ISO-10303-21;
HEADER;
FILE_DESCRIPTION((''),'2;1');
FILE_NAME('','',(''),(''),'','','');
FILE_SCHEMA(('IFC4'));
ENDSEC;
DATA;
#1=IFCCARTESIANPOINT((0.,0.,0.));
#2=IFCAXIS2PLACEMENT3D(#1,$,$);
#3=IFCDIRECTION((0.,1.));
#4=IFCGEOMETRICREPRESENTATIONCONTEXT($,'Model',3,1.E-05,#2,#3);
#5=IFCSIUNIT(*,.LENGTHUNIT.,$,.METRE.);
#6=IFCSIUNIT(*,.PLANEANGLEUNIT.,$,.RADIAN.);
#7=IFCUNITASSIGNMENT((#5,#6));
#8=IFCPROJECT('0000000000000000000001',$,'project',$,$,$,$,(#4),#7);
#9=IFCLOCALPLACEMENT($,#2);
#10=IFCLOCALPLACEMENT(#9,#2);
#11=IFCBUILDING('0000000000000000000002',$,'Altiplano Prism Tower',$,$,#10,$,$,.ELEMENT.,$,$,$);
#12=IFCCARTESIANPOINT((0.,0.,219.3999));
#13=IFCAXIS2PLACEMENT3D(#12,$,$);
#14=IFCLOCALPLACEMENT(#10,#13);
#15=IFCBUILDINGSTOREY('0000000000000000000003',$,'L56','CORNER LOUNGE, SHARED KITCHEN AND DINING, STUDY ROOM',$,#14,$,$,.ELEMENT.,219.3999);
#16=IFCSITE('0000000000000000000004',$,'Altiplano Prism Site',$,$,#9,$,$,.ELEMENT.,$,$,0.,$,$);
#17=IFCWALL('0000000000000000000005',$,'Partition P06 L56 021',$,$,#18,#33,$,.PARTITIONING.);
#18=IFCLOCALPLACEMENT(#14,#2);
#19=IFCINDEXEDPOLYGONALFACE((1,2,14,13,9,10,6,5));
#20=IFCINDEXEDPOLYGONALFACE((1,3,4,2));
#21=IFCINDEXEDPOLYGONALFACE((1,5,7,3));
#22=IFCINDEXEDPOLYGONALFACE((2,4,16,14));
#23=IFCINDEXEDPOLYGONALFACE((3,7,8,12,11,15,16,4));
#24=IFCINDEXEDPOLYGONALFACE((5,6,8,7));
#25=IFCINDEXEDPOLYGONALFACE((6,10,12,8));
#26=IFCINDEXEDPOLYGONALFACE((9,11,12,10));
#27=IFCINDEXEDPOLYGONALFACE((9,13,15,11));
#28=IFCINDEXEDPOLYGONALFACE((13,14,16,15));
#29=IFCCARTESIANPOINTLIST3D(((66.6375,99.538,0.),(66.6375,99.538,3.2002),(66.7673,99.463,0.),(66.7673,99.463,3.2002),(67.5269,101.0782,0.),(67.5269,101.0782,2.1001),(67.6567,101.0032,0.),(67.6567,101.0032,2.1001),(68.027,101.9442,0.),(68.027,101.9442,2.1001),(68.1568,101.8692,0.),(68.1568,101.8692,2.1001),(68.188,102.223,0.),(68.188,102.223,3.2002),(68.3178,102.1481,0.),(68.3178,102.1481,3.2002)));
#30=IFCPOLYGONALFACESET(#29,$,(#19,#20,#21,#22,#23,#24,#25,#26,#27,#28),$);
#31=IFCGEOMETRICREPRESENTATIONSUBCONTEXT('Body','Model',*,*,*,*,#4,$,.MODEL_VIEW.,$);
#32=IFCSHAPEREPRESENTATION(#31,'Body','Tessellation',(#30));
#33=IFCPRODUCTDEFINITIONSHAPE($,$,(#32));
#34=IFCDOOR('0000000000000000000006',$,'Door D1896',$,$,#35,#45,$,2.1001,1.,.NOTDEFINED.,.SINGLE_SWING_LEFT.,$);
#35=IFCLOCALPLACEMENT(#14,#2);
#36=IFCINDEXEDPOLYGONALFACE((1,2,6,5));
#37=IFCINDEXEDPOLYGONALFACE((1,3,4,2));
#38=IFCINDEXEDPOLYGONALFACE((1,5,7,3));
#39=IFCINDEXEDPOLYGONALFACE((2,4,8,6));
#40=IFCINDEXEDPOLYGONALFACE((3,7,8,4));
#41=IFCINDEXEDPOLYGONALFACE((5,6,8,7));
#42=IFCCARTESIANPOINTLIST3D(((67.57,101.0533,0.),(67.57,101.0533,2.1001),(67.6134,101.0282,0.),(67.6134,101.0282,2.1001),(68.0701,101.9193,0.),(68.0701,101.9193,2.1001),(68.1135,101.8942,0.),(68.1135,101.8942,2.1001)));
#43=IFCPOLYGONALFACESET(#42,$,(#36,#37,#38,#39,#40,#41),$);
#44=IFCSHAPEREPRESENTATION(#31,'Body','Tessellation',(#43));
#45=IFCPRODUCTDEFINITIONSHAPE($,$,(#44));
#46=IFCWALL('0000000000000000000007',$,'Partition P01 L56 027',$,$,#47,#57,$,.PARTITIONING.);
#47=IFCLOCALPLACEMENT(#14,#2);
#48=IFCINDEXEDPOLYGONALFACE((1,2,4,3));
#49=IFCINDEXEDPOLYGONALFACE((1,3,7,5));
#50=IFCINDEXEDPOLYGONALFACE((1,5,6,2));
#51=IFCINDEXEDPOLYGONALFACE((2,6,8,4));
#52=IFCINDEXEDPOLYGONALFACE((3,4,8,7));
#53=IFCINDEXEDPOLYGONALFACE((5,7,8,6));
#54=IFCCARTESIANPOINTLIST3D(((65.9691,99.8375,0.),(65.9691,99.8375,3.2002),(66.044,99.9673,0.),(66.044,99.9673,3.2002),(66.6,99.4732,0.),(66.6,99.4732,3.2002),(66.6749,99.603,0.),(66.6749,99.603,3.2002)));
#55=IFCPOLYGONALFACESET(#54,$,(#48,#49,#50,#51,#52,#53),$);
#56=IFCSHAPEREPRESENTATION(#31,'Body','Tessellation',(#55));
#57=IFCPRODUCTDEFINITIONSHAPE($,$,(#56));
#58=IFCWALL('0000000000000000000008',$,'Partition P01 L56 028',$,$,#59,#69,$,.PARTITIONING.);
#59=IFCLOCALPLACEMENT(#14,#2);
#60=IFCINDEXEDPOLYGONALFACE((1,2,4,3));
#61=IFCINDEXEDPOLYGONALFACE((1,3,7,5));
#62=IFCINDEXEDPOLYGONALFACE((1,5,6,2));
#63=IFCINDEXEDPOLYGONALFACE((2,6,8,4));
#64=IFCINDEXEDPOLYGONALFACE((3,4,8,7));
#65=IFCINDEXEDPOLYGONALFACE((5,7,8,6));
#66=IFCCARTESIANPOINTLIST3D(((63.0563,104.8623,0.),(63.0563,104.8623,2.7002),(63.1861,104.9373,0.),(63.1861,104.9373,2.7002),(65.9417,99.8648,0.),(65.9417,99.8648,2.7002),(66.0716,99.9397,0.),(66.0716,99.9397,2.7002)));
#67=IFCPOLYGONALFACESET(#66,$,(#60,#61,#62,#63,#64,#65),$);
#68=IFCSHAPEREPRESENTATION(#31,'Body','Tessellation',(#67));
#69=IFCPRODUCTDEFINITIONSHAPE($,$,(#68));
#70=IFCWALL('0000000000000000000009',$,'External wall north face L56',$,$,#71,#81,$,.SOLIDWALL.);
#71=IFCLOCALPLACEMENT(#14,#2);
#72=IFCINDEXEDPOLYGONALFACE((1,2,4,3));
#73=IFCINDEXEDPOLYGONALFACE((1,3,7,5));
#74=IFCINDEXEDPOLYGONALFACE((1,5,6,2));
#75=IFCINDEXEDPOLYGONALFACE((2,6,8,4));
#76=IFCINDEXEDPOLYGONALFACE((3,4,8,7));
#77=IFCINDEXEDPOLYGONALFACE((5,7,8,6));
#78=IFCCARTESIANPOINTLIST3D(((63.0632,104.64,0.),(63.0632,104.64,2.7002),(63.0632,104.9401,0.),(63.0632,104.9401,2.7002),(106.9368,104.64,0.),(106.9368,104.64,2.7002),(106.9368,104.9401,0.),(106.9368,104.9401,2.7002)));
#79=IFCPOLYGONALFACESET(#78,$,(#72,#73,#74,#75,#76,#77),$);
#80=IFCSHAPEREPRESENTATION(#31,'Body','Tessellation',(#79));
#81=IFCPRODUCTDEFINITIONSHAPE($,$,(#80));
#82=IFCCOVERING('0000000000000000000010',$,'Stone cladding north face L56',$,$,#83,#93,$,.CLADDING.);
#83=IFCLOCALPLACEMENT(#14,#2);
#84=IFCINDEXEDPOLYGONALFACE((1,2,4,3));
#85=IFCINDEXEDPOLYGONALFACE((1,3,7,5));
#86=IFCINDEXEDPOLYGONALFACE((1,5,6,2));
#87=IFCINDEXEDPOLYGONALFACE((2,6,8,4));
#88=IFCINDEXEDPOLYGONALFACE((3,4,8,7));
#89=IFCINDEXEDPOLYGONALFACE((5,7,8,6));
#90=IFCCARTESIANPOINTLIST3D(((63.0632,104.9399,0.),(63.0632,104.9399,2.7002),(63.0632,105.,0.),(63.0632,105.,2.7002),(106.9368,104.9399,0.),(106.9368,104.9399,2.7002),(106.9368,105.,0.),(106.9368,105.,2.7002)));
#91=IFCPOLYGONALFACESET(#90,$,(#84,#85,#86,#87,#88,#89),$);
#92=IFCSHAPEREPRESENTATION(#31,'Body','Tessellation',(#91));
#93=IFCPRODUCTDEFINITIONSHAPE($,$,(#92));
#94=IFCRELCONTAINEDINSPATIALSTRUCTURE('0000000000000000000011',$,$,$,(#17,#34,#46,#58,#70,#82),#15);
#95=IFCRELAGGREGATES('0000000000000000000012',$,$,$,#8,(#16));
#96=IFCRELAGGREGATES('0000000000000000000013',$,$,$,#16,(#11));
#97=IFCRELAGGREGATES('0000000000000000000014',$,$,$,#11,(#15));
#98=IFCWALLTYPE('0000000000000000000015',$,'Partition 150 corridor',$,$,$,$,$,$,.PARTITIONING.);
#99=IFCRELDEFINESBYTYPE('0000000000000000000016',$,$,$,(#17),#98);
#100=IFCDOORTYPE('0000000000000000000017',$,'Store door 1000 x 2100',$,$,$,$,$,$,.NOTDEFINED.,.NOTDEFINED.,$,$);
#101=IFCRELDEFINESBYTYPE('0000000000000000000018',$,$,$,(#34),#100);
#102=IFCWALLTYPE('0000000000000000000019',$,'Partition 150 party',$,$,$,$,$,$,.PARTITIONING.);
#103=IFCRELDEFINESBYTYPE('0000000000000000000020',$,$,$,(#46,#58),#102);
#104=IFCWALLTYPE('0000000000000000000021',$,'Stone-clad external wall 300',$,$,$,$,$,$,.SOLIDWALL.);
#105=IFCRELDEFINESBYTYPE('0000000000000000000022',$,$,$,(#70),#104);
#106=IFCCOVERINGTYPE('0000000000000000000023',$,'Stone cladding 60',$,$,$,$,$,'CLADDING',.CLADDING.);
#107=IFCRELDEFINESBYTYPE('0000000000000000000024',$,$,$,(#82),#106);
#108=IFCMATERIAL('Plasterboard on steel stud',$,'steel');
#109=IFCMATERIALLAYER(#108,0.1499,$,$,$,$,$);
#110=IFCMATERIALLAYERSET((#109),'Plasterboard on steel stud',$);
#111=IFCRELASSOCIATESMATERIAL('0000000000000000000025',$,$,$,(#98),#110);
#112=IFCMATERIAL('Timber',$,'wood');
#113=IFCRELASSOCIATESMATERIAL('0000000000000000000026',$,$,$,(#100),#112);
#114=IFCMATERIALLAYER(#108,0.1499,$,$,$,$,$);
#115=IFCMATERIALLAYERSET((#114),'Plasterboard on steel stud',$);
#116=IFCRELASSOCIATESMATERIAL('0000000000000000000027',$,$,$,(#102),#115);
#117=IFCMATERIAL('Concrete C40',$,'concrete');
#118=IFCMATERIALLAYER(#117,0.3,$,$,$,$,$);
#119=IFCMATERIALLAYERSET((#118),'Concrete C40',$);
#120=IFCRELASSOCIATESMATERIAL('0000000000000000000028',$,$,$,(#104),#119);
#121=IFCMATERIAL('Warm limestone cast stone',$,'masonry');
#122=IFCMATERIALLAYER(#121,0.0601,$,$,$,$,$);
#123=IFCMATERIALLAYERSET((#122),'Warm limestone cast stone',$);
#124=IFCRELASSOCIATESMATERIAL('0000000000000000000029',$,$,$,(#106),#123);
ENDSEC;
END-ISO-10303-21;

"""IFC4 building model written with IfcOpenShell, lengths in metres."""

from ifc_helpers import new_model, si_unit, direction, frame, frame_2d, origin, place, context, subcontext, project, spatial, rectangle, extrude, material, layer, layer_set, type_object, element, fill, save


model = new_model("IFC4")

# Units and contexts
model_context = context("Model", 3, precision=1e-05, world=origin(), true_north=direction((0.0, 1.0)))
body_context = subcontext(model_context, "Body", "Model", "MODEL_VIEW")
ifc_project = project(units=[si_unit("LENGTHUNIT", "METRE"), si_unit("PLANEANGLEUNIT", "RADIAN")], contexts=[model_context])

# Site, building, storey
site_placement = place(None, origin())
site = spatial("IfcSite", under=ifc_project, at=site_placement, Name="Altiplano Prism Site", CompositionType="ELEMENT", RefElevation=0.0)
building_placement = place(site_placement, origin())
building = spatial("IfcBuilding", under=site, at=building_placement, Name="Altiplano Prism Tower", CompositionType="ELEMENT")
storey_placement = place(building_placement, frame((0.0, 0.0, 219.3999)))
storey = spatial("IfcBuildingStorey", under=building, at=storey_placement, Name="L56", Description="CORNER LOUNGE, SHARED KITCHEN AND DINING, STUDY ROOM", CompositionType="ELEMENT", Elevation=219.3999)

# Shared definitions
ifc_material_1 = material(Name="Plasterboard on steel stud", Category="steel")
ifc_layer_1 = layer(ifc_material_1, 0.1499)
ifc_layer_set_1 = layer_set([ifc_layer_1], Name="Plasterboard on steel stud")
wall_type_1 = type_object("IfcWallType", Name="Partition 150 corridor", PredefinedType="PARTITIONING", material=ifc_layer_set_1)

# Shared definitions
ifc_material_2 = material(Name="Timber", Category="wood")

# Wall, opening, door
wall_1_placement = place(storey_placement, frame((68.2529, 102.1855, 0.0), z_axis=(0.0, 0.0, 1.0), x_axis=(-0.500077, -0.865981, 0.0)))
wall_1 = element("IfcWall", 1, at=wall_1_placement, inside=storey, type_object=wall_type_1, Name="Partition P06 L56 021", PredefinedType="PARTITIONING", context=body_context, shape_type="SweptSolid", body=[
    extrude(rectangle(XDim=3.1006, YDim=0.1499, at=frame_2d((1.5503, 0.0))), origin(), (0.0, 0.0, 1.0), 3.2002),
])
opening_1_placement = place(wall_1_placement, frame((0.322, 0.0, 0.0)))
opening_1 = element("IfcOpeningElement", 2, at=opening_1_placement, cuts=wall_1, PredefinedType="OPENING", context=body_context, shape_type="SweptSolid", body=[
    extrude(rectangle(XDim=1.0, YDim=2.1001, at=frame_2d((0.5, 1.05))), frame((0.0, 0.0854, 0.0), z_axis=(0.0, -1.0, 0.0), x_axis=(1.0, 0.0, 0.0)), (0.0, 0.0, 1.0), 0.1709),
])
door_type_1 = type_object("IfcDoorType", Name="Store door 1000 x 2100", OperationType="NOTDEFINED", PredefinedType="NOTDEFINED", material=ifc_material_2)
door_1_placement = place(opening_1_placement, origin())
door_1 = element("IfcDoor", 3, at=door_1_placement, inside=storey, type_object=door_type_1, Name="Door D1896", OperationType="SINGLE_SWING_LEFT", OverallHeight=2.1001, OverallWidth=1.0, PredefinedType="NOTDEFINED", context=body_context, shape_type="SweptSolid", body=[
    extrude(rectangle(XDim=1.0, YDim=2.1001, at=frame_2d((0.5, 1.05))), frame((0.0, 0.0249, 0.0), z_axis=(0.0, -1.0, 0.0), x_axis=(1.0, 0.0, 0.0)), (0.0, 0.0, 1.0), 0.05),
])
fill(opening_1, door_1)

# Walls
ifc_layer_2 = layer(ifc_material_1, 0.1499)
ifc_layer_set_2 = layer_set([ifc_layer_2], Name="Plasterboard on steel stud")
wall_type_2 = type_object("IfcWallType", Name="Partition 150 party", PredefinedType="PARTITIONING", material=ifc_layer_set_2)
wall_2_placement = place(storey_placement, frame((66.6375, 99.5381, 0.0), z_axis=(0.0, 0.0, 1.0), x_axis=(-0.866007, 0.500032, 0.0)))
element("IfcWall", 4, at=wall_2_placement, inside=storey, type_object=wall_type_2, Name="Partition P01 L56 027", PredefinedType="PARTITIONING", context=body_context, shape_type="SweptSolid", body=[
    extrude(rectangle(XDim=0.7285, YDim=0.1499, at=frame_2d((0.3643, 0.0))), origin(), (0.0, 0.0, 1.0), 3.2002),
])
wall_3_placement = place(storey_placement, frame((66.0066, 99.9023, 0.0), z_axis=(0.0, 0.0, 1.0), x_axis=(-0.50002, 0.866014, 0.0)))
element("IfcWall", 5, at=wall_3_placement, inside=storey, type_object=wall_type_2, Name="Partition P01 L56 028", PredefinedType="PARTITIONING", context=body_context, shape_type="SweptSolid", body=[
    extrude(rectangle(XDim=5.7708, YDim=0.1499, at=frame_2d((2.8853, 0.0))), origin(), (0.0, 0.0, 1.0), 2.7002),
])
ifc_material_3 = material(Name="Concrete C40", Category="concrete")
ifc_layer_3 = layer(ifc_material_3, 0.3)
ifc_layer_set_3 = layer_set([ifc_layer_3], Name="Concrete C40")
wall_type_3 = type_object("IfcWallType", Name="Stone-clad external wall 300", PredefinedType="SOLIDWALL", material=ifc_layer_set_3)
wall_4_placement = place(storey_placement, frame((63.0632, 104.79, 0.0), z_axis=(0.0, 0.0, 1.0), x_axis=(1.0, 0.0, 0.0)))
element("IfcWall", 6, at=wall_4_placement, inside=storey, type_object=wall_type_3, Name="External wall north face L56", PredefinedType="SOLIDWALL", context=body_context, shape_type="SweptSolid", body=[
    extrude(rectangle(XDim=43.8735, YDim=0.3, at=frame_2d((21.9368, 0.0))), origin(), (0.0, 0.0, 1.0), 2.7002),
])

# Covering
ifc_material_4 = material(Name="Warm limestone cast stone", Category="masonry")
ifc_layer_4 = layer(ifc_material_4, 0.0601)
ifc_layer_set_4 = layer_set([ifc_layer_4], Name="Warm limestone cast stone")
covering_type = type_object("IfcCoveringType", Name="Stone cladding 60", ElementType="CLADDING", PredefinedType="CLADDING", material=ifc_layer_set_4)
covering_placement = place(storey_placement, frame((63.0632, 104.97, 0.0), z_axis=(0.0, 0.0, 1.0), x_axis=(1.0, 0.0, 0.0)))
element("IfcCovering", 7, at=covering_placement, inside=storey, type_object=covering_type, Name="Stone cladding north face L56", PredefinedType="CLADDING", context=body_context, shape_type="SweptSolid", body=[
    extrude(rectangle(XDim=43.8735, YDim=0.0601, at=frame_2d((21.9368, 0.0))), origin(), (0.0, 0.0, 1.0), 2.7002),
])

save(model, "model.ifc")
